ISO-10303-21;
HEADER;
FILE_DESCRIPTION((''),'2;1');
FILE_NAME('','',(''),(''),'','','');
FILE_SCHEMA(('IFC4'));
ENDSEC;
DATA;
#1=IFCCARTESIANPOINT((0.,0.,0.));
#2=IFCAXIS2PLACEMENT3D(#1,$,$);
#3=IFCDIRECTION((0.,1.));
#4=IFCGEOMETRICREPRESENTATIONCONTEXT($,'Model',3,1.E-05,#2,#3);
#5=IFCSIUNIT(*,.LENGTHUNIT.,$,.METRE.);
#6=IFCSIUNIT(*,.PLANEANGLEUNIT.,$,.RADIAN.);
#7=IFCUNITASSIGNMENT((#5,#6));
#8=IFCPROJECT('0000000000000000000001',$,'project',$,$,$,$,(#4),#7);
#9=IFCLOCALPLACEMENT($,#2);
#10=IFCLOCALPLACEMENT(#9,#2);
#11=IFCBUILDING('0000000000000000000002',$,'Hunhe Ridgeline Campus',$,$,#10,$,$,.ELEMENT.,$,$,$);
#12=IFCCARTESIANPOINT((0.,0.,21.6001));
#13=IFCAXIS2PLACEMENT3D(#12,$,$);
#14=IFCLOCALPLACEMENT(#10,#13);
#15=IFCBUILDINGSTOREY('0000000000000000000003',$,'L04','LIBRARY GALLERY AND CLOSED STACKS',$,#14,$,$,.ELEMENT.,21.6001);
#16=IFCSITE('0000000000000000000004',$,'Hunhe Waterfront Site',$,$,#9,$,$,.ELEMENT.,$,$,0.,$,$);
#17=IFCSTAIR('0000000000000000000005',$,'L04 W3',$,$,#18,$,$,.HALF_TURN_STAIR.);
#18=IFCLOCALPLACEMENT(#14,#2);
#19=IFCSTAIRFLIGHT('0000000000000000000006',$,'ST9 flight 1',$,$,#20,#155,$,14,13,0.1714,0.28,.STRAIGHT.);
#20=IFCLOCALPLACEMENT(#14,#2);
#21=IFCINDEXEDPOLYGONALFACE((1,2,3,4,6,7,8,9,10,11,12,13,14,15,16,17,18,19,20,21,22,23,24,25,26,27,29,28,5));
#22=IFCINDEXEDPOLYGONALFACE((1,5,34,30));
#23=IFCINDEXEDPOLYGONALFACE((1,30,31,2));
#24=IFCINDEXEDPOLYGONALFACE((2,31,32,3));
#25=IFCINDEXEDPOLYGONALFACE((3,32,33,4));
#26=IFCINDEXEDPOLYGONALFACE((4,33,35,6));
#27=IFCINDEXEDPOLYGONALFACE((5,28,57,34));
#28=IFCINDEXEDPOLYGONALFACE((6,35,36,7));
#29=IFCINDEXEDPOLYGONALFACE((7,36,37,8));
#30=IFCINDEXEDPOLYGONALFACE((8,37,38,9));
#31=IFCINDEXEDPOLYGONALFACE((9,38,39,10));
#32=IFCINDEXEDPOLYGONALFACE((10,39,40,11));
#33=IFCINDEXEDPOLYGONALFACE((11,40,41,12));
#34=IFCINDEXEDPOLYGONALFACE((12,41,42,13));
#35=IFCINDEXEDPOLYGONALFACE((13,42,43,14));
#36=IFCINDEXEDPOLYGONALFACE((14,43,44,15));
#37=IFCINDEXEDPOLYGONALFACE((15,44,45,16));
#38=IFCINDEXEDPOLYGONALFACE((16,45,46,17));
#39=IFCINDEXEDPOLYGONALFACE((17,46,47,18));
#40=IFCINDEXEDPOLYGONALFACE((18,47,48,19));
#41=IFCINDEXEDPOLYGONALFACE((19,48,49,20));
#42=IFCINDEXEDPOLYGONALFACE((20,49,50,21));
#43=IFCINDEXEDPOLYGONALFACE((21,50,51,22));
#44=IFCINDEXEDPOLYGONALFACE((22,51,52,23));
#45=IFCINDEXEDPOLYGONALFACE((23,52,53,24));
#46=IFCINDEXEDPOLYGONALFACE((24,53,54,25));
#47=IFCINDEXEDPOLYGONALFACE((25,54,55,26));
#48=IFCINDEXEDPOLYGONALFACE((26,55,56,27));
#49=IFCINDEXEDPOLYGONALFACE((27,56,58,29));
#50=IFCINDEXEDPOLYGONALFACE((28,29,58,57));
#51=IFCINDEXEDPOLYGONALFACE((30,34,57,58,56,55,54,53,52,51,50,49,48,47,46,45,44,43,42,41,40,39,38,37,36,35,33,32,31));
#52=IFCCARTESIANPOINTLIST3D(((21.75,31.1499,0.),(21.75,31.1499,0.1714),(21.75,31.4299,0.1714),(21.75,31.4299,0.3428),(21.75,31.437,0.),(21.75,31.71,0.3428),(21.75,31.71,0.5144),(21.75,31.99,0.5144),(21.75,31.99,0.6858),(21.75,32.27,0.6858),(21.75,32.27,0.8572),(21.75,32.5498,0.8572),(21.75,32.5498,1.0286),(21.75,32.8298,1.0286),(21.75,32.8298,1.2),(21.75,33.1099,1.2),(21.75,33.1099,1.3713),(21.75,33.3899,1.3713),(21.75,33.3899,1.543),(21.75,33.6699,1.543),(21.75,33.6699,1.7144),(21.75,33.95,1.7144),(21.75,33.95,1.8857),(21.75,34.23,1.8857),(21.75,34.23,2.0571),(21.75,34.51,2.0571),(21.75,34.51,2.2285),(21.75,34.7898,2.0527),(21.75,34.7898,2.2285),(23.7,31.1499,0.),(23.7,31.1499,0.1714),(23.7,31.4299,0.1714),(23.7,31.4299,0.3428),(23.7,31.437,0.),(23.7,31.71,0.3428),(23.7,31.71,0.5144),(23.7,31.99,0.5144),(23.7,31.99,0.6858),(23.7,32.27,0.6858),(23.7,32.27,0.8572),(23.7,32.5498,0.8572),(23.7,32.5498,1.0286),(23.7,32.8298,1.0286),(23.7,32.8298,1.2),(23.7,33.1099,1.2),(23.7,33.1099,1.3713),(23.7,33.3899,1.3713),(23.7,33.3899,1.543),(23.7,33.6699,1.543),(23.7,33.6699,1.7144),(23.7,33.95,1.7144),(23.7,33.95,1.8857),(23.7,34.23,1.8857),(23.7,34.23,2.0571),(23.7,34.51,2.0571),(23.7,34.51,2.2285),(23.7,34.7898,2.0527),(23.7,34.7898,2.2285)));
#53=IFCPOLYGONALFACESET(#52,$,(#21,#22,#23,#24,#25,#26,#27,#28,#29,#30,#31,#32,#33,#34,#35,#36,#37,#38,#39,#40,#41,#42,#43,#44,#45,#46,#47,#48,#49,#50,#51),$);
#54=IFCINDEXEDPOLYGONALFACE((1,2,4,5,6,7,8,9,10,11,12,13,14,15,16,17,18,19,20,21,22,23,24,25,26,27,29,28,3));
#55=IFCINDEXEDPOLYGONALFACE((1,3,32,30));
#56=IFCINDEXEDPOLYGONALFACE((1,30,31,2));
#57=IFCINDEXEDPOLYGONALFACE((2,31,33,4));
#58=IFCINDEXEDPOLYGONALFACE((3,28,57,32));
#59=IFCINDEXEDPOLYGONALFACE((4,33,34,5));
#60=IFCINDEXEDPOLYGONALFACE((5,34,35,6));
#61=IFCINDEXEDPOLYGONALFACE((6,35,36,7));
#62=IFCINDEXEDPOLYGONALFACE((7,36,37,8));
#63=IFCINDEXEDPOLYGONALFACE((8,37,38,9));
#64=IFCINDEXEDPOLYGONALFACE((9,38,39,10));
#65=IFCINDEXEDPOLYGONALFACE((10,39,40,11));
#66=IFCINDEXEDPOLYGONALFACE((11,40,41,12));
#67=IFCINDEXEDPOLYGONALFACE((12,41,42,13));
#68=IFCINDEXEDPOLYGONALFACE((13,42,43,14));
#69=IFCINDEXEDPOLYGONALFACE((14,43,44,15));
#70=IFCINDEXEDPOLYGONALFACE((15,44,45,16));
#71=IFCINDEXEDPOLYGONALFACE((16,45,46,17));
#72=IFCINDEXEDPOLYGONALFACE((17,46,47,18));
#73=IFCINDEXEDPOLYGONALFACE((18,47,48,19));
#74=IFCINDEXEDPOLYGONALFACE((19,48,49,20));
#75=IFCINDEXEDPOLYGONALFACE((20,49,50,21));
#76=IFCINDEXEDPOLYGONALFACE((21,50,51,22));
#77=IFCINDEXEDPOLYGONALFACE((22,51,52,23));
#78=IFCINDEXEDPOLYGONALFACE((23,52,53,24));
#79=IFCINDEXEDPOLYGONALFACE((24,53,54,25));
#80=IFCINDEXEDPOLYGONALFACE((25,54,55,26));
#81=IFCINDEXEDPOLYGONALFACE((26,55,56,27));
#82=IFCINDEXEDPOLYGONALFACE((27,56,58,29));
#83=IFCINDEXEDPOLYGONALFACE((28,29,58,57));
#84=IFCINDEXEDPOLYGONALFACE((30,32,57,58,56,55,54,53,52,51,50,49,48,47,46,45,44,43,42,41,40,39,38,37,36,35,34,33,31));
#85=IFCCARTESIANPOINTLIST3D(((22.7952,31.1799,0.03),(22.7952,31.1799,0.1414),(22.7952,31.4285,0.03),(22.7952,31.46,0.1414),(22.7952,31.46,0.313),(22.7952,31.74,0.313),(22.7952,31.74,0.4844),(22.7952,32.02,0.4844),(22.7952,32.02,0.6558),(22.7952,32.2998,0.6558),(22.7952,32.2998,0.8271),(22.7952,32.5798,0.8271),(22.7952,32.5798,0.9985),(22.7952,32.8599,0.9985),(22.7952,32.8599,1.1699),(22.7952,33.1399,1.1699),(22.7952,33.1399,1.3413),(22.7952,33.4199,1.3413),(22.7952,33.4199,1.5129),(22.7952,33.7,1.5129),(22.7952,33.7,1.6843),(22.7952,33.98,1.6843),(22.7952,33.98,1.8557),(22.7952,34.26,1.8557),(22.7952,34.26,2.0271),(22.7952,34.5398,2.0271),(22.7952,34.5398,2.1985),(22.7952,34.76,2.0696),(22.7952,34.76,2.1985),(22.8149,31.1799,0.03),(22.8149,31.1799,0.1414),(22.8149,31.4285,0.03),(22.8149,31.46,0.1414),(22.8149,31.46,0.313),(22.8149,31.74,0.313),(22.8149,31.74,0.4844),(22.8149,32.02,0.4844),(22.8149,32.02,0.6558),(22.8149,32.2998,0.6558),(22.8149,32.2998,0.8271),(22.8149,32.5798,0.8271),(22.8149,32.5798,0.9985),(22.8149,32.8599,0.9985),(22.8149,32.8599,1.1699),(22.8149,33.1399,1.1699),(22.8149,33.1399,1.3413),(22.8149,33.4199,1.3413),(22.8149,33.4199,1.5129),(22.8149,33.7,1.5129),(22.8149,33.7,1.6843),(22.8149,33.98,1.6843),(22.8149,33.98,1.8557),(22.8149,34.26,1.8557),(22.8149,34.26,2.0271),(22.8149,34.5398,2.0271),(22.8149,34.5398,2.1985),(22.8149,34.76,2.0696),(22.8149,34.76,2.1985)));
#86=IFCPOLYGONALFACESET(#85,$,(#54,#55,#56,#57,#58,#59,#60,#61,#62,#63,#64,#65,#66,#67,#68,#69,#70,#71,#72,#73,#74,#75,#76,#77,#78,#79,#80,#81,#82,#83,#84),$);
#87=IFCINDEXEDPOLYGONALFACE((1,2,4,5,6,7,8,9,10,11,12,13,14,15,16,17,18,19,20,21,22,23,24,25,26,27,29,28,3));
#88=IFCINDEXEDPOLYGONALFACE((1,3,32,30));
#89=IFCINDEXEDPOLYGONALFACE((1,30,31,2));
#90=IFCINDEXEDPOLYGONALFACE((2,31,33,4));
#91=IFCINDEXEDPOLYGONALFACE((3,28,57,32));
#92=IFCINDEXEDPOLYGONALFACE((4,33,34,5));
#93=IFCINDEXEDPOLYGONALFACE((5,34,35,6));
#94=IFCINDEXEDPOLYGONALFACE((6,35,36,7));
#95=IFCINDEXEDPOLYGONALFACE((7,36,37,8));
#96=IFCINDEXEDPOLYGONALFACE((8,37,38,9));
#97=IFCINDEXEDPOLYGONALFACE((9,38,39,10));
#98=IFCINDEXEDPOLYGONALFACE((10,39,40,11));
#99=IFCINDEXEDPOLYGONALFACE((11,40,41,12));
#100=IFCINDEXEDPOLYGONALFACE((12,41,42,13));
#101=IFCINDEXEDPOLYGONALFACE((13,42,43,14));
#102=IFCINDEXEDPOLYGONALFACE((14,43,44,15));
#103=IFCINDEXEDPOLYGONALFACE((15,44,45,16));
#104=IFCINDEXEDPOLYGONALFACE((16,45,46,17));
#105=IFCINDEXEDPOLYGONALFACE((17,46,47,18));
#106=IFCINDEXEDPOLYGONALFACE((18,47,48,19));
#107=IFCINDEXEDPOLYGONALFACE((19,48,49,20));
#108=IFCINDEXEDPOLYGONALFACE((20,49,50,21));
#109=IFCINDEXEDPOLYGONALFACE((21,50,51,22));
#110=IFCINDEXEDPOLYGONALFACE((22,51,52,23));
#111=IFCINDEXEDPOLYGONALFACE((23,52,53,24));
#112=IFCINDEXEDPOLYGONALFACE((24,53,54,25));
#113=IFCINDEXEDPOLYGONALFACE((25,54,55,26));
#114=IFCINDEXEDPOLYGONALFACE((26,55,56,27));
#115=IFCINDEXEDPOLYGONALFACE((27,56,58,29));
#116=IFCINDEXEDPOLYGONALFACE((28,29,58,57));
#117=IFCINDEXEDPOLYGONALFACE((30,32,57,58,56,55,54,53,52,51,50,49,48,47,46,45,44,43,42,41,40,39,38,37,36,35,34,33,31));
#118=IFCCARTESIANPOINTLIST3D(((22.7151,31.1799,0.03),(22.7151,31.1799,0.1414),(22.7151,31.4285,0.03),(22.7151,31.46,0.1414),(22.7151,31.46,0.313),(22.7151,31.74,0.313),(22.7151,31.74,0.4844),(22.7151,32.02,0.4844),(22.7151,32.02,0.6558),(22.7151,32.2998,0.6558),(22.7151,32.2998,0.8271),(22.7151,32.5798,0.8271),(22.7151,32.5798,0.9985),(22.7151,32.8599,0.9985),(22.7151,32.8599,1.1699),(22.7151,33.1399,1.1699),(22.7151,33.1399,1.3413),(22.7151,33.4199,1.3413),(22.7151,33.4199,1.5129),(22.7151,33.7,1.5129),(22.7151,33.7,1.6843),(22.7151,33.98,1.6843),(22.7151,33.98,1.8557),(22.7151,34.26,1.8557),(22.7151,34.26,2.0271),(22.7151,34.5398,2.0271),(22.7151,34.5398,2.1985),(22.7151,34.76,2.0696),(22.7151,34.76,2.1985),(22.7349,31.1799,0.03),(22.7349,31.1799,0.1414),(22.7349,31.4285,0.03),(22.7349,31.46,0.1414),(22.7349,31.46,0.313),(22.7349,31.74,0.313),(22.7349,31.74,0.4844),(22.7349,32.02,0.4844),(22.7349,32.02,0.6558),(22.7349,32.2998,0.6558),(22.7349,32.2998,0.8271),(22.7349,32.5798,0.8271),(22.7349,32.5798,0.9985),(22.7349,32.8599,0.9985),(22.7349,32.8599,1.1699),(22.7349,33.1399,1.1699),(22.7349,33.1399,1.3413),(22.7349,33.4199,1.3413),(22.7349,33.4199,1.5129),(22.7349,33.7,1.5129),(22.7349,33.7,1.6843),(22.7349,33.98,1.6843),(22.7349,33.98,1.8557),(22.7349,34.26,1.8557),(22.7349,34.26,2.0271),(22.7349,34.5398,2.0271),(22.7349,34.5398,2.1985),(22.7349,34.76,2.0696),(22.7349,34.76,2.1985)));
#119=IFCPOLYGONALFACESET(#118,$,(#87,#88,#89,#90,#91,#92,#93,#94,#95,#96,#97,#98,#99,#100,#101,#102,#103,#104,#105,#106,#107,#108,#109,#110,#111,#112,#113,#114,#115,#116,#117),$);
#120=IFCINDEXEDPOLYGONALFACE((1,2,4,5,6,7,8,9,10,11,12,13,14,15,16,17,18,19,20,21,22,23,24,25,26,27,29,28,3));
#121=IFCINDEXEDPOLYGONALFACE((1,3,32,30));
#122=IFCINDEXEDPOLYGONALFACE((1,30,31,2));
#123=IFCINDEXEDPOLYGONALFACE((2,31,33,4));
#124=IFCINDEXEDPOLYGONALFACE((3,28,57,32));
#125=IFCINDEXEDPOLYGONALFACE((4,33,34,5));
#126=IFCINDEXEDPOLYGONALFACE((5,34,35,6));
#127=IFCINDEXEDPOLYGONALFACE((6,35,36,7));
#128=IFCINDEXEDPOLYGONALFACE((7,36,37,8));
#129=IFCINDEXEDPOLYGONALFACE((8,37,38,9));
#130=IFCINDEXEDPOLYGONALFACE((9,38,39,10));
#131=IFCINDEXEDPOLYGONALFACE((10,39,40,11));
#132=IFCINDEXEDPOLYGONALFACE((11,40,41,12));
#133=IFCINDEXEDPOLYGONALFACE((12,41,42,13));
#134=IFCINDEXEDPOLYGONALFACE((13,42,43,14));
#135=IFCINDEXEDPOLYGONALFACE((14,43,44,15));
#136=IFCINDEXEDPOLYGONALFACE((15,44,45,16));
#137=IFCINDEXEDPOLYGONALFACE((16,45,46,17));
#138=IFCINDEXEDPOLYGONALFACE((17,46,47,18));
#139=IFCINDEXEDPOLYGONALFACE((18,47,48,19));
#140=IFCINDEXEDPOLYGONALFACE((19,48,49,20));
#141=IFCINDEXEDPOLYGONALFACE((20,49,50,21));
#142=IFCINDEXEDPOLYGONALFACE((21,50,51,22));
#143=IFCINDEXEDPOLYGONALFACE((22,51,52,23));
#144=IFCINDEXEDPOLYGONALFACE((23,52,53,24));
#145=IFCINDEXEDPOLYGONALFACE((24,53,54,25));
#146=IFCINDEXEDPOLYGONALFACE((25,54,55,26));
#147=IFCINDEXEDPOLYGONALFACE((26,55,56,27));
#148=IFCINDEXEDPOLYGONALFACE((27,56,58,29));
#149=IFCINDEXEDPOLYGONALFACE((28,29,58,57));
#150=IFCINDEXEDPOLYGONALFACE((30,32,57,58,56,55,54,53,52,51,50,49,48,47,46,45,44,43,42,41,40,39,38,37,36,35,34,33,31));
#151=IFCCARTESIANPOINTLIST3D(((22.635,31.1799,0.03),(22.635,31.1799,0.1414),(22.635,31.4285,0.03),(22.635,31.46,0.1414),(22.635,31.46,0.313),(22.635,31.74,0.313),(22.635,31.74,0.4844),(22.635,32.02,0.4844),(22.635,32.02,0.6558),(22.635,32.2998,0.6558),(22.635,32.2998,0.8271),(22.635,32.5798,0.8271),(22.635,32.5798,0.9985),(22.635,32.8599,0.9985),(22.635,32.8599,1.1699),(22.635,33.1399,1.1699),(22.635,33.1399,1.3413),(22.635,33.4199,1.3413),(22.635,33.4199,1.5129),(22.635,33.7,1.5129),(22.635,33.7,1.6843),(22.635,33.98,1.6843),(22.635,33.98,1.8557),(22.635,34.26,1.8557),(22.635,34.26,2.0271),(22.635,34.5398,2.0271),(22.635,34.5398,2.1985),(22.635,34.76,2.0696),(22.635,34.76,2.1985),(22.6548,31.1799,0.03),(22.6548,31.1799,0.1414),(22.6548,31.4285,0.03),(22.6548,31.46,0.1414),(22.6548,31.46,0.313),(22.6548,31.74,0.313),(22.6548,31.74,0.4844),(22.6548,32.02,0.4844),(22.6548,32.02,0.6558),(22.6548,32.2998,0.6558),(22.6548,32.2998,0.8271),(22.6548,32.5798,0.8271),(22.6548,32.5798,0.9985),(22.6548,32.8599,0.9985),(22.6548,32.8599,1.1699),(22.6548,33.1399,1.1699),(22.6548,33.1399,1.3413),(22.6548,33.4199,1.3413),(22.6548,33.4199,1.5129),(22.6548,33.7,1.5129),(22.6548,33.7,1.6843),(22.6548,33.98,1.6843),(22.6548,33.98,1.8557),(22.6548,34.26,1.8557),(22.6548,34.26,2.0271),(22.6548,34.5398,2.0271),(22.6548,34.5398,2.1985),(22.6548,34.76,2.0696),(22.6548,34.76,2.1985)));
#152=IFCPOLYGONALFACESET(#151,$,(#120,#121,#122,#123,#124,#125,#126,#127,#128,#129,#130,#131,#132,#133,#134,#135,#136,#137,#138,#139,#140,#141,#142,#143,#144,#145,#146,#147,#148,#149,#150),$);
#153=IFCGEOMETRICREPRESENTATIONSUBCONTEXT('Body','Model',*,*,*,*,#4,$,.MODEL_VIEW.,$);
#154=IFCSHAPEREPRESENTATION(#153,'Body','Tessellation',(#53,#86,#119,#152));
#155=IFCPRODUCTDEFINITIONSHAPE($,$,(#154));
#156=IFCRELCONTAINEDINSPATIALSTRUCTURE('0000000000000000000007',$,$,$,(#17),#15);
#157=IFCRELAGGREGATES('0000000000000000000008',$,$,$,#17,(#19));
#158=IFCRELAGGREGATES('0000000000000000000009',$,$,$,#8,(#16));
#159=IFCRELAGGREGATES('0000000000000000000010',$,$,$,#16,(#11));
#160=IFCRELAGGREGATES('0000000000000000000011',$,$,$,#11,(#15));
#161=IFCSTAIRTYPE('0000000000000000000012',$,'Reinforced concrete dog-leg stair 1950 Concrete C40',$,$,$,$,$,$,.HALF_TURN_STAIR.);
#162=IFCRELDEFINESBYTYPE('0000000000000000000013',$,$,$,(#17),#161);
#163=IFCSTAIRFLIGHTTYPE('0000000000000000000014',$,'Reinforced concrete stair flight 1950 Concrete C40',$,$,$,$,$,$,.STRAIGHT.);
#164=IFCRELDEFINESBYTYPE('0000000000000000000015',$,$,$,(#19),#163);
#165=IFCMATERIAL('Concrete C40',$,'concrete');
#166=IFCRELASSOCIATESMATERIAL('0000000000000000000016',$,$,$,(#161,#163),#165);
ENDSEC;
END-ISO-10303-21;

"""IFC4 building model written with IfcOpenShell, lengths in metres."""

from ifc_helpers import new_model, si_unit, direction, frame, origin, place, context, subcontext, project, spatial, polyline, outline, extrude, material, type_object, element, aggregate, save


model = new_model("IFC4")

# Units and contexts
model_context = context("Model", 3, precision=1e-05, world=origin(), true_north=direction((0.0, 1.0)))
body_context = subcontext(model_context, "Body", "Model", "MODEL_VIEW")
ifc_project = project(units=[si_unit("LENGTHUNIT", "METRE"), si_unit("PLANEANGLEUNIT", "RADIAN")], contexts=[model_context])

# Site, building, storey
site_placement = place(None, origin())
site = spatial("IfcSite", under=ifc_project, at=site_placement, Name="Hunhe Waterfront Site", CompositionType="ELEMENT", RefElevation=0.0)
building_placement = place(site_placement, origin())
building = spatial("IfcBuilding", under=site, at=building_placement, Name="Hunhe Ridgeline Campus", CompositionType="ELEMENT")
storey_placement = place(building_placement, frame((0.0, 0.0, 21.6001)))
storey = spatial("IfcBuildingStorey", under=building, at=storey_placement, Name="L04", Description="LIBRARY GALLERY AND CLOSED STACKS", CompositionType="ELEMENT", Elevation=21.6001)

# Stair, stair flight
ifc_material_1 = material(Name="Concrete C40", Category="concrete")
stair_type = type_object("IfcStairType", Name="Reinforced concrete dog-leg stair 1950 Concrete C40", PredefinedType="HALF_TURN_STAIR", material=ifc_material_1)
stair_placement = place(storey_placement, origin())
stair = element("IfcStair", 1, at=stair_placement, inside=storey, type_object=stair_type, Name="L04 W3", PredefinedType="HALF_TURN_STAIR")
stair_flight_type = type_object("IfcStairFlightType", Name="Reinforced concrete stair flight 1950 Concrete C40", PredefinedType="STRAIGHT", material=ifc_material_1)
stair_flight_1_placement = place(storey_placement, frame((22.7251, 31.1499, 0.0), z_axis=(0.0, 0.0, 1.0), x_axis=(0.0, 1.0, 0.0)))
stair_flight_1 = element("IfcStairFlight", 2, at=stair_flight_1_placement, type_object=stair_flight_type, Name="ST9 flight 1", NumberOfRisers=14, NumberOfTreads=13, PredefinedType="STRAIGHT", RiserHeight=0.1714, TreadLength=0.28, context=body_context, shape_type="SweptSolid", body=[
    extrude(outline(polyline([(0.0, 0.0), (0.0, 0.1714), (0.28, 0.1714), (0.28, 0.3428), (0.5601, 0.3428), (0.5601, 0.5144), (0.8401, 0.5144), (0.8401, 0.6858), (1.1201, 0.6858), (1.1201, 0.8572), (1.3999, 0.8572), (1.3999, 1.0286), (1.6799, 1.0286), (1.6799, 1.2), (1.96, 1.2), (1.96, 1.3713), (2.24, 1.3713), (2.24, 1.543), (2.52, 1.543), (2.52, 1.7144), (2.8, 1.7144), (2.8, 1.8857), (3.0801, 1.8857), (3.0801, 2.0571), (3.3601, 2.0571), (3.3601, 2.2285), (3.6399, 2.2285), (3.6399, 2.3999), (3.6399, 2.0527), (0.2871, 0.0), (0.0, 0.0)])), frame((0.0, 0.9751, 0.0), z_axis=(0.0, -1.0, 0.0), x_axis=(1.0, 0.0, 0.0)), (0.0, 0.0, 1.0), 1.95),
    extrude(outline(polyline([(0.03, 0.03), (0.03, 0.1414), (0.3101, 0.1414), (0.3101, 0.313), (0.5901, 0.313), (0.5901, 0.4844), (0.8701, 0.4844), (0.8701, 0.6558), (1.1499, 0.6558), (1.1499, 0.8271), (1.4299, 0.8271), (1.4299, 0.9985), (1.71, 0.9985), (1.71, 1.1699), (1.99, 1.1699), (1.99, 1.3413), (2.27, 1.3413), (2.27, 1.5129), (2.55, 1.5129), (2.55, 1.6843), (2.8301, 1.6843), (2.8301, 1.8557), (3.1101, 1.8557), (3.1101, 2.0271), (3.3899, 2.0271), (3.3899, 2.1985), (3.6101, 2.1985), (3.6101, 2.0696), (0.2786, 0.03), (0.03, 0.03)])), frame((0.0, -0.0701, 0.0), z_axis=(0.0, -1.0, 0.0), x_axis=(1.0, 0.0, 0.0)), (0.0, 0.0, 1.0), 0.0198),
    extrude(outline(polyline([(0.03, 0.03), (0.03, 0.1414), (0.3101, 0.1414), (0.3101, 0.313), (0.5901, 0.313), (0.5901, 0.4844), (0.8701, 0.4844), (0.8701, 0.6558), (1.1499, 0.6558), (1.1499, 0.8271), (1.4299, 0.8271), (1.4299, 0.9985), (1.71, 0.9985), (1.71, 1.1699), (1.99, 1.1699), (1.99, 1.3413), (2.27, 1.3413), (2.27, 1.5129), (2.55, 1.5129), (2.55, 1.6843), (2.8301, 1.6843), (2.8301, 1.8557), (3.1101, 1.8557), (3.1101, 2.0271), (3.3899, 2.0271), (3.3899, 2.1985), (3.6101, 2.1985), (3.6101, 2.0696), (0.2786, 0.03), (0.03, 0.03)])), frame((0.0, 0.01, 0.0), z_axis=(0.0, -1.0, 0.0), x_axis=(1.0, 0.0, 0.0)), (0.0, 0.0, 1.0), 0.0198),
    extrude(outline(polyline([(0.03, 0.03), (0.03, 0.1414), (0.3101, 0.1414), (0.3101, 0.313), (0.5901, 0.313), (0.5901, 0.4844), (0.8701, 0.4844), (0.8701, 0.6558), (1.1499, 0.6558), (1.1499, 0.8271), (1.4299, 0.8271), (1.4299, 0.9985), (1.71, 0.9985), (1.71, 1.1699), (1.99, 1.1699), (1.99, 1.3413), (2.27, 1.3413), (2.27, 1.5129), (2.55, 1.5129), (2.55, 1.6843), (2.8301, 1.6843), (2.8301, 1.8557), (3.1101, 1.8557), (3.1101, 2.0271), (3.3899, 2.0271), (3.3899, 2.1985), (3.6101, 2.1985), (3.6101, 2.0696), (0.2786, 0.03), (0.03, 0.03)])), frame((0.0, 0.0901, 0.0), z_axis=(0.0, -1.0, 0.0), x_axis=(1.0, 0.0, 0.0)), (0.0, 0.0, 1.0), 0.0198),
])
aggregate(stair, [stair_flight_1])

save(model, "model.ifc")
